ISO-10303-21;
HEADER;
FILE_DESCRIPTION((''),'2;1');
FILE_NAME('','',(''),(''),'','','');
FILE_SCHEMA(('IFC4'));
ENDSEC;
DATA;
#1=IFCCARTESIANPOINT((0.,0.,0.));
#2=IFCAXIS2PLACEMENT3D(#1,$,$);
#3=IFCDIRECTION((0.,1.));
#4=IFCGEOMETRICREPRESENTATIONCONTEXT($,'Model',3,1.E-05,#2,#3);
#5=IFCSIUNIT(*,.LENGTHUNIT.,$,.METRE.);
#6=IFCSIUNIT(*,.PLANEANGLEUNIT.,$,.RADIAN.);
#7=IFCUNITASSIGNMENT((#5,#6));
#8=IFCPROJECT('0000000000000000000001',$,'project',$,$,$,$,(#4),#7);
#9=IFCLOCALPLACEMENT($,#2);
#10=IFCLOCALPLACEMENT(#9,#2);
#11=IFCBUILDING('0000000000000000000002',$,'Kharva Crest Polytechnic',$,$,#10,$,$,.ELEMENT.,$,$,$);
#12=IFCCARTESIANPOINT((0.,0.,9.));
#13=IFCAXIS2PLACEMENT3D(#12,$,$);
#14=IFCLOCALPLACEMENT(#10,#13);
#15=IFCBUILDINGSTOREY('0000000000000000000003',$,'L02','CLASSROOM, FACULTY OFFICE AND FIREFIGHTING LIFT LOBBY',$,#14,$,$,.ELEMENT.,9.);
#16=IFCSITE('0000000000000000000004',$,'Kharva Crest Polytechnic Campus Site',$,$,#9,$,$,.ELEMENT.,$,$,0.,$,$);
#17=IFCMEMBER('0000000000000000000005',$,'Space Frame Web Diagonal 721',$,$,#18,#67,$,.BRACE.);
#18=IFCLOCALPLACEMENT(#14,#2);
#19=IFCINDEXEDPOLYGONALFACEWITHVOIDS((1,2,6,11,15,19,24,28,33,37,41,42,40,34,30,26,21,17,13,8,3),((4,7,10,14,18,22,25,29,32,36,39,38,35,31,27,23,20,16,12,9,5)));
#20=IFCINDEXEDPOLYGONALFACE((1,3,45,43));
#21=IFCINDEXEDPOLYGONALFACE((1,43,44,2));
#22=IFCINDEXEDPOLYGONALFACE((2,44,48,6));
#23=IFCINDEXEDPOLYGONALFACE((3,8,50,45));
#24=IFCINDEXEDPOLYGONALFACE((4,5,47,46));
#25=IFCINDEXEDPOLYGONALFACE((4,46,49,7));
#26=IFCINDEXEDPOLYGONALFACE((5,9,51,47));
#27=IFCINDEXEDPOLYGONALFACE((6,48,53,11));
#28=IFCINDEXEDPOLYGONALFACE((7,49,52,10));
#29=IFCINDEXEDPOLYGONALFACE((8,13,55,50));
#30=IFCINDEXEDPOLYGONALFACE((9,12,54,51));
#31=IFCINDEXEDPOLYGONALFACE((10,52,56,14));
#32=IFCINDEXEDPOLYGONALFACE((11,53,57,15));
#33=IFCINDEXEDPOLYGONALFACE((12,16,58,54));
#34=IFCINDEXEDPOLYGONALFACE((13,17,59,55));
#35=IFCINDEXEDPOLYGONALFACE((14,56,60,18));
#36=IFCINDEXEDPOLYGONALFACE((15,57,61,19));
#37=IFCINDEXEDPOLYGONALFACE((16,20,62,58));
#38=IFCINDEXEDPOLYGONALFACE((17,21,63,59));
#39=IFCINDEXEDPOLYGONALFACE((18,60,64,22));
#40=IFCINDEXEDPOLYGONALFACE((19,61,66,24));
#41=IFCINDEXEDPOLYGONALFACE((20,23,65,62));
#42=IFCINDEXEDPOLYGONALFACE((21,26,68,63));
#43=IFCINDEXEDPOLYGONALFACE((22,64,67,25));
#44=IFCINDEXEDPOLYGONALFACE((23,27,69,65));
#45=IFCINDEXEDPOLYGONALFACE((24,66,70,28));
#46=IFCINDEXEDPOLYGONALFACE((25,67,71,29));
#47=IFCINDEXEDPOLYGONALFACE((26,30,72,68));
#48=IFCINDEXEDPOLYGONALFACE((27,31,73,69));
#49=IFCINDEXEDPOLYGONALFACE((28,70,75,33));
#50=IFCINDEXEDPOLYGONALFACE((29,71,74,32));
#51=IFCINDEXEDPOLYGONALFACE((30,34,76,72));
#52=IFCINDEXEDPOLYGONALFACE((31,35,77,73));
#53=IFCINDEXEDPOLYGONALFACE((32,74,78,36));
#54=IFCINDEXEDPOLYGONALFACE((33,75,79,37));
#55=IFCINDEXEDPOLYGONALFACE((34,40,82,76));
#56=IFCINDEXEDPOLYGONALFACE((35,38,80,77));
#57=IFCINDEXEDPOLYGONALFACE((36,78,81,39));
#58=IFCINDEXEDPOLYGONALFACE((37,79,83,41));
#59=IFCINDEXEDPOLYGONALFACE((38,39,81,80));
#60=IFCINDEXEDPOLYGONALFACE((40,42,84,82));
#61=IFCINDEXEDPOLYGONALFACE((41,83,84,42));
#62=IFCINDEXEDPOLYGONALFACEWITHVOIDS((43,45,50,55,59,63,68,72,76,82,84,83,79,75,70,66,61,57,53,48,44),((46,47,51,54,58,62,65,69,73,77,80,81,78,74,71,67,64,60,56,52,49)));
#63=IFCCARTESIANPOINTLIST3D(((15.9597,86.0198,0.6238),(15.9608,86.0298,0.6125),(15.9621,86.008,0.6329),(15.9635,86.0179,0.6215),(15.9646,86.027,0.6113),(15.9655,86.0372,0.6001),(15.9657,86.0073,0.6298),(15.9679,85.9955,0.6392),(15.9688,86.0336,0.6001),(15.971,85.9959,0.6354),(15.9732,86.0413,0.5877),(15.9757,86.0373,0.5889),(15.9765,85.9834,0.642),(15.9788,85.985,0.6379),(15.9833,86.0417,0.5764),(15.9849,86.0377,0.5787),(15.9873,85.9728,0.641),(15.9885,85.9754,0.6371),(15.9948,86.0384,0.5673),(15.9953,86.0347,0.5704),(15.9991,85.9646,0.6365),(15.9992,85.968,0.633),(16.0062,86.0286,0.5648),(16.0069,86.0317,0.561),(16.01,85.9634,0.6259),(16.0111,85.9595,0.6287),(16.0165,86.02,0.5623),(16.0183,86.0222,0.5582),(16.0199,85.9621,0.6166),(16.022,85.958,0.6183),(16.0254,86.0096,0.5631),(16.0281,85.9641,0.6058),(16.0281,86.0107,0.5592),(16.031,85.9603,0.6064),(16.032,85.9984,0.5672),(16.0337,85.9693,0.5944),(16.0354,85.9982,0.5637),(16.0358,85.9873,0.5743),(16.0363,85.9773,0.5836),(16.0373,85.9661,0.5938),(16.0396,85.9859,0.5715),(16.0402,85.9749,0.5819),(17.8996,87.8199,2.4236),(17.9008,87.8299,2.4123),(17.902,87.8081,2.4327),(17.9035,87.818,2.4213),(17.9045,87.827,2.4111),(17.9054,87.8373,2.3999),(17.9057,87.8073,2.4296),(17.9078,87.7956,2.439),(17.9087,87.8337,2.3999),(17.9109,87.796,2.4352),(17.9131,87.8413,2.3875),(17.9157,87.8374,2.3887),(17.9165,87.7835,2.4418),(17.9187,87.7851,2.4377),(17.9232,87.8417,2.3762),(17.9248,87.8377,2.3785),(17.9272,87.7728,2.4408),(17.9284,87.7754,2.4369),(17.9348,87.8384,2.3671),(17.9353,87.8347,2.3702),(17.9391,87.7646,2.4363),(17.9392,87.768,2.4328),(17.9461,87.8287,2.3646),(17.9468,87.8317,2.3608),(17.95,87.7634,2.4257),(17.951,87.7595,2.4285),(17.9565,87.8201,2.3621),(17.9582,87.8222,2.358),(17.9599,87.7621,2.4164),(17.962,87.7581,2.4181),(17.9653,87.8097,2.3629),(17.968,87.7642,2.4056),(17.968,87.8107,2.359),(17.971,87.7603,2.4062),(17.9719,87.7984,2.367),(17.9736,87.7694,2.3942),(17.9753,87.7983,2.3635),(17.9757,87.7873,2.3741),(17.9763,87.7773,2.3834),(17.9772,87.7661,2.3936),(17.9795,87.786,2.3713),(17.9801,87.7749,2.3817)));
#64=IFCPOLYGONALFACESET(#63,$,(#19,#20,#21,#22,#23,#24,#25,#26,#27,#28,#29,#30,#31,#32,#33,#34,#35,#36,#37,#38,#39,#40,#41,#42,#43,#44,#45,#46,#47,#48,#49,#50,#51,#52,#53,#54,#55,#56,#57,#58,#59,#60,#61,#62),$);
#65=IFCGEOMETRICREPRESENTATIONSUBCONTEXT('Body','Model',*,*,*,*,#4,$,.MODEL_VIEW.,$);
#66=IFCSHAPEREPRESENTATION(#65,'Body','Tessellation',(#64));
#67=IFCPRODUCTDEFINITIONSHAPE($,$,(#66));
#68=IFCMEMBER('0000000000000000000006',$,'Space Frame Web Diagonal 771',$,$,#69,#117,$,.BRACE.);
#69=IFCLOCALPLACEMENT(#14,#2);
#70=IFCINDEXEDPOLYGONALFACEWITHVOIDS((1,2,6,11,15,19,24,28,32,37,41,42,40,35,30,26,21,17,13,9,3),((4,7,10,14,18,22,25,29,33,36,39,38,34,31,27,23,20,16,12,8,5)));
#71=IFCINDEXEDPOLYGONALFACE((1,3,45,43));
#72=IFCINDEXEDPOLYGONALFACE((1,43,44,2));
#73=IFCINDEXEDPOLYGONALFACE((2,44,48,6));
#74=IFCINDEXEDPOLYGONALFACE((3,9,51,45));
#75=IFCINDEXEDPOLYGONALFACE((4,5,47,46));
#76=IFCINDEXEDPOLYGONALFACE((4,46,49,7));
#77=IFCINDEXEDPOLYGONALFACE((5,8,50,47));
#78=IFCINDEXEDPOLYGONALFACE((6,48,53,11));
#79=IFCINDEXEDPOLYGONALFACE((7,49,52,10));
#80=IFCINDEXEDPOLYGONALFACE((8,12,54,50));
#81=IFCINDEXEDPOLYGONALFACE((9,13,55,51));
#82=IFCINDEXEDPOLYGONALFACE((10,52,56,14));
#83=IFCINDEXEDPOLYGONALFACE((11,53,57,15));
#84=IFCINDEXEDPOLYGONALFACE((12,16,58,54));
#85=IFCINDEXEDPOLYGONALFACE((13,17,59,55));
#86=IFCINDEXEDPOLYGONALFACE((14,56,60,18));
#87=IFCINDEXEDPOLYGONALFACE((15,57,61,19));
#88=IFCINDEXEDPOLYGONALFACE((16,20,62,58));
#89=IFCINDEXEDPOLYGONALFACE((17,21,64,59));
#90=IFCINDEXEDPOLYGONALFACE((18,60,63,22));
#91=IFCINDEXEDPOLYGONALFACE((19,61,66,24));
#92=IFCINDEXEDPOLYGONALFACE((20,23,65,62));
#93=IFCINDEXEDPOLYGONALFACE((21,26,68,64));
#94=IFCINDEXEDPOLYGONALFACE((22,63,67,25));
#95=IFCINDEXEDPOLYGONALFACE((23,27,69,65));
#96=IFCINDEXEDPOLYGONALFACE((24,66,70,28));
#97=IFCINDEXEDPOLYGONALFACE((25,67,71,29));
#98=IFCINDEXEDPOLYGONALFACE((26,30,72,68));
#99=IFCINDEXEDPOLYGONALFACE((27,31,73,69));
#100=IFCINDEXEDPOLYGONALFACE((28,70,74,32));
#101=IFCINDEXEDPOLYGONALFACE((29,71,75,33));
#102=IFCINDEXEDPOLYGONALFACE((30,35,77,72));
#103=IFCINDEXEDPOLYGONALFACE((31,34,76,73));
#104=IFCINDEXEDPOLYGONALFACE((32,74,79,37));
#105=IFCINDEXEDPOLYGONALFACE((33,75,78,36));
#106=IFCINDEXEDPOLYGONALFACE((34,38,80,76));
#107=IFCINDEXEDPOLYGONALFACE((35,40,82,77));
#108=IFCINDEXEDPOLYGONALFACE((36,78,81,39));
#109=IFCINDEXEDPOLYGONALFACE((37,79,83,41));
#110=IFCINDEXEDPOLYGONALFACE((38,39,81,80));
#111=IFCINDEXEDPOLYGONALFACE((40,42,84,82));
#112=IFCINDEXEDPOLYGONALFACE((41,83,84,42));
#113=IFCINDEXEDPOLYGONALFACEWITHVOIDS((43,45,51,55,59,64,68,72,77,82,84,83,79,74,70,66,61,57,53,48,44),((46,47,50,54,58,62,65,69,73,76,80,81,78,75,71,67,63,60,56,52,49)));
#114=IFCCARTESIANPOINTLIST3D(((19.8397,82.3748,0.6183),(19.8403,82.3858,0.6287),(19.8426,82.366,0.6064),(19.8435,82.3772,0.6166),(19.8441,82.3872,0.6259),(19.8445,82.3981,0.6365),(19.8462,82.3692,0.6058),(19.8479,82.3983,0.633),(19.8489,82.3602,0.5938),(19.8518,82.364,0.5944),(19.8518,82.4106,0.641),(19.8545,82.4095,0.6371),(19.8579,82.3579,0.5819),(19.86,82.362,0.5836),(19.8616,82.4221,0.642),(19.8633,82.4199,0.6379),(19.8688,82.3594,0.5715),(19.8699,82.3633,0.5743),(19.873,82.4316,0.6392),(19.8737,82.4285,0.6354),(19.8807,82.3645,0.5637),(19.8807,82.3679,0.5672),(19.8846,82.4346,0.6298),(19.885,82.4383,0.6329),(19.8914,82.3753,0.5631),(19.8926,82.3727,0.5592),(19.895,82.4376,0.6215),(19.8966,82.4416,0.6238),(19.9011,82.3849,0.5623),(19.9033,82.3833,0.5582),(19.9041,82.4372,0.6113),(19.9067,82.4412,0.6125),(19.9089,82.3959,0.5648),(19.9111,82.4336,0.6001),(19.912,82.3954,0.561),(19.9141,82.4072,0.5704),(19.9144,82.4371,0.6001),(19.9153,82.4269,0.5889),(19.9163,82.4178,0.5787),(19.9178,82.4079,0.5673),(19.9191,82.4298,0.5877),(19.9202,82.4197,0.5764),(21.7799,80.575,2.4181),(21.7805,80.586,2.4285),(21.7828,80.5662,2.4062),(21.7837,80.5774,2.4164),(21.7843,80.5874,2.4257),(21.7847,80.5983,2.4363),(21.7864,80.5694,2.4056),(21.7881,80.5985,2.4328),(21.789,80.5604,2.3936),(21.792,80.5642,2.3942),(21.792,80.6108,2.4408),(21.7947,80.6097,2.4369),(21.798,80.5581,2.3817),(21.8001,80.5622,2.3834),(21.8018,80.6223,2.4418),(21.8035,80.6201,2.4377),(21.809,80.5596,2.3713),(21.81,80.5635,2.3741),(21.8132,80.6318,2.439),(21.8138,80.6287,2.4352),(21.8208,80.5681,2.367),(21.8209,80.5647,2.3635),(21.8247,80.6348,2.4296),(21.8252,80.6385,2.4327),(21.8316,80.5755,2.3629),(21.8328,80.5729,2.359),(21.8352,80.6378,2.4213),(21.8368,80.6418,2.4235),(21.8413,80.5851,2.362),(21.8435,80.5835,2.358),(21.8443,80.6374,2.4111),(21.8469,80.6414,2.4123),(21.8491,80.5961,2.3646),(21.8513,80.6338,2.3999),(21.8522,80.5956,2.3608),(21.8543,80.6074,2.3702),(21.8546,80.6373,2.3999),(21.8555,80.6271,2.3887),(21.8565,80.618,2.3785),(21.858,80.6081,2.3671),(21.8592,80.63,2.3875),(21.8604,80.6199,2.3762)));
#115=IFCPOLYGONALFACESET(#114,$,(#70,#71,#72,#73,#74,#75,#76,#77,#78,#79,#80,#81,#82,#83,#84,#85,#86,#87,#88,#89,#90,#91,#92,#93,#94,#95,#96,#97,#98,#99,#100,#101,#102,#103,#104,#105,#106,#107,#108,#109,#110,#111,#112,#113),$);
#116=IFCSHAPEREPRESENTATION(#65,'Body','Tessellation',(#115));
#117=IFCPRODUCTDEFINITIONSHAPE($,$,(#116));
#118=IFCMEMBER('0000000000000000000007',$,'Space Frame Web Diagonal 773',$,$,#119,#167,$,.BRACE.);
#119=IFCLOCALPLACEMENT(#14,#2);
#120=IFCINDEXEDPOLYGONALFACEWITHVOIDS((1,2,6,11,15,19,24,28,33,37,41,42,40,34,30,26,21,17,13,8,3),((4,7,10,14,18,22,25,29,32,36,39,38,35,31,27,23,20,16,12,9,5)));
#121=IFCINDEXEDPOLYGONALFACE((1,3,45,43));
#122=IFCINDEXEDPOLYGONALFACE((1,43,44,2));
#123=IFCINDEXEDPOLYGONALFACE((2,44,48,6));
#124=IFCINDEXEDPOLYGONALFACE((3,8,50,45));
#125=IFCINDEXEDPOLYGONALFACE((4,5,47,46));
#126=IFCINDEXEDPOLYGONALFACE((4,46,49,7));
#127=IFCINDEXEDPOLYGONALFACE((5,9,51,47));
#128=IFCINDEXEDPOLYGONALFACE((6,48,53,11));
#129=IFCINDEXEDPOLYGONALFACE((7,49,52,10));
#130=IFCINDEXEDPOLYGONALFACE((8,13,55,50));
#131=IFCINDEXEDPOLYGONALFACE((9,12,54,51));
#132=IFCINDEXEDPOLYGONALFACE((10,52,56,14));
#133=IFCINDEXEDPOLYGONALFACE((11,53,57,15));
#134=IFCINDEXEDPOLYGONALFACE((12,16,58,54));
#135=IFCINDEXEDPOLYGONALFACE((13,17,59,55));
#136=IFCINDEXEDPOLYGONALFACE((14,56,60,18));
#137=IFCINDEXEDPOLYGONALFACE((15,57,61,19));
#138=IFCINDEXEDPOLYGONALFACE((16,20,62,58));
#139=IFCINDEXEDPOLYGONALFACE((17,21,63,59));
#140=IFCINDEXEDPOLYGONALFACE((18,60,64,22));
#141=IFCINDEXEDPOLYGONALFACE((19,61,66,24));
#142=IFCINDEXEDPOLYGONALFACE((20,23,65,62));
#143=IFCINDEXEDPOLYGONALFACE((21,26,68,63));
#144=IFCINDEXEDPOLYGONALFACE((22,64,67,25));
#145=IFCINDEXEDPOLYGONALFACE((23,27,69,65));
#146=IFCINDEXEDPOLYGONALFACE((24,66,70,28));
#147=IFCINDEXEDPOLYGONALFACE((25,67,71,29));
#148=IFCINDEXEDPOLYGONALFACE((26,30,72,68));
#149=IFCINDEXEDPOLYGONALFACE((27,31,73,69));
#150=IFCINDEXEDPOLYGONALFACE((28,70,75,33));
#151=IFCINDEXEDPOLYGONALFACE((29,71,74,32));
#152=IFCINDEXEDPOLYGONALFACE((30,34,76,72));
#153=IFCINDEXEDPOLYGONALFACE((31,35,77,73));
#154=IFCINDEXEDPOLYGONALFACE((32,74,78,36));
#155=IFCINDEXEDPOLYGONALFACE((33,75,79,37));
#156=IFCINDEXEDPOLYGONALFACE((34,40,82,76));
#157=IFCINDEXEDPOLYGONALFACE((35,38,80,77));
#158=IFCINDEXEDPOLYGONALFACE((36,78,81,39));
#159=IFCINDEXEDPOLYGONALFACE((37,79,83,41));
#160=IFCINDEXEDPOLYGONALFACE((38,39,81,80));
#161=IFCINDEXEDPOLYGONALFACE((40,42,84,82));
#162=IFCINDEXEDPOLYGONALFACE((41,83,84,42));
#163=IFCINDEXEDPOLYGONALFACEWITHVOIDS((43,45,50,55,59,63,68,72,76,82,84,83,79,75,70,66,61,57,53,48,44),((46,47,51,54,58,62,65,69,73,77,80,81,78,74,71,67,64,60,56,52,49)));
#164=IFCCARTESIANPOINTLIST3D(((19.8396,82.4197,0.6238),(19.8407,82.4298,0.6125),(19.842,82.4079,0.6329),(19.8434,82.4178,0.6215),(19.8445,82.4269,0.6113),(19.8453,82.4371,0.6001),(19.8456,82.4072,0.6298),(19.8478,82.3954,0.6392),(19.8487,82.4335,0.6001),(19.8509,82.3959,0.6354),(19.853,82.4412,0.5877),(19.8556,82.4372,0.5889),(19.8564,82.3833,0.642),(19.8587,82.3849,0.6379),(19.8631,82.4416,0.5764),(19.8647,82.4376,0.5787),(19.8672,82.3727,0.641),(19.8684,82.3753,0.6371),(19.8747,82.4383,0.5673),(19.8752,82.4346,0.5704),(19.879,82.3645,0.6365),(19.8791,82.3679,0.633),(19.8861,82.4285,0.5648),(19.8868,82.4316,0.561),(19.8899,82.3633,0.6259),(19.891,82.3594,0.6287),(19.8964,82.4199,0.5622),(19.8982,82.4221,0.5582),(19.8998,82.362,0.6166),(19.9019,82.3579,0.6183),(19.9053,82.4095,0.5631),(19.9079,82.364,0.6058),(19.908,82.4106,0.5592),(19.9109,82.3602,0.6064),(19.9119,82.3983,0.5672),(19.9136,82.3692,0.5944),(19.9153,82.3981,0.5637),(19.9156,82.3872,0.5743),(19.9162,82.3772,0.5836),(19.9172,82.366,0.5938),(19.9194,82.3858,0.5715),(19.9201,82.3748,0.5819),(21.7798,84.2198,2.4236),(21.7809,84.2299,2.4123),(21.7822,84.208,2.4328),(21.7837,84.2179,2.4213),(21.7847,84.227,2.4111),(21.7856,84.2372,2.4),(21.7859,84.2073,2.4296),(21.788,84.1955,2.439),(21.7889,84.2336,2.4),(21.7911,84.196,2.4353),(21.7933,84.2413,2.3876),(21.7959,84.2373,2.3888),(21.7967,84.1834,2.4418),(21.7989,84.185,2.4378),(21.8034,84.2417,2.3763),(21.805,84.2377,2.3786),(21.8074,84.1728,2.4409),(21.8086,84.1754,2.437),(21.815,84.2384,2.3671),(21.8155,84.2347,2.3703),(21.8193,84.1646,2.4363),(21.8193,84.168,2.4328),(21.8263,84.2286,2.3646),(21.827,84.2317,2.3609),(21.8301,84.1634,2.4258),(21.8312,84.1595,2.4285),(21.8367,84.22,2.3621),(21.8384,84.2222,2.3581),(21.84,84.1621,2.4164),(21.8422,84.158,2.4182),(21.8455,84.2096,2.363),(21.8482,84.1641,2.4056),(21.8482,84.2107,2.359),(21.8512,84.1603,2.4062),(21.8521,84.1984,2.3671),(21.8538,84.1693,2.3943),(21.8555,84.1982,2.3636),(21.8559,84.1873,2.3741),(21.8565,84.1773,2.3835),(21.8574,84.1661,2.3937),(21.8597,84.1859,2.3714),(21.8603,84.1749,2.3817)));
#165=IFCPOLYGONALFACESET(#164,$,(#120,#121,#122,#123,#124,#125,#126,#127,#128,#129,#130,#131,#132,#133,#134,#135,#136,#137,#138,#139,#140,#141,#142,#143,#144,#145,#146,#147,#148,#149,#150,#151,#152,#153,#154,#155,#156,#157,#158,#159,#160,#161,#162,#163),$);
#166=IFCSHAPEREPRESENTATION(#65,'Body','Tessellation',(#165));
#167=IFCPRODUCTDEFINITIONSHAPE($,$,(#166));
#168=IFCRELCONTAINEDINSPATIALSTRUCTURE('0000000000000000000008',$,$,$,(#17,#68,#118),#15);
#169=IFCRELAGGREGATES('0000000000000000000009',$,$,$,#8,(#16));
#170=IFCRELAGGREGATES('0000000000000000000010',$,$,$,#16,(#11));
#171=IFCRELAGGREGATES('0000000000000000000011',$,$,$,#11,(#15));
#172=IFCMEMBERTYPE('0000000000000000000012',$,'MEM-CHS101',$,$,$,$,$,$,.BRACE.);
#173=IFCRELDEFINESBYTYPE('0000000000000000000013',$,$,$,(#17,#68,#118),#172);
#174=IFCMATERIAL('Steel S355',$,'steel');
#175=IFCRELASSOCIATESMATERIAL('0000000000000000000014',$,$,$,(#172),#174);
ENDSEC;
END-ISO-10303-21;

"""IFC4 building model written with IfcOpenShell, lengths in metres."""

from ifc_helpers import new_model, si_unit, direction, frame, origin, origin_2d, place, context, subcontext, project, spatial, hollow_circle, extrude, material, material_profile, profile_set, type_object, element, save


model = new_model("IFC4")

# Units and contexts
model_context = context("Model", 3, precision=1e-05, world=origin(), true_north=direction((0.0, 1.0)))
body_context = subcontext(model_context, "Body", "Model", "MODEL_VIEW")
ifc_project = project(units=[si_unit("LENGTHUNIT", "METRE"), si_unit("PLANEANGLEUNIT", "RADIAN")], contexts=[model_context])

# Site, building, storey
site_placement = place(None, origin())
site = spatial("IfcSite", under=ifc_project, at=site_placement, Name="Kharva Crest Polytechnic Campus Site", CompositionType="ELEMENT", RefElevation=0.0)
building_placement = place(site_placement, origin())
building = spatial("IfcBuilding", under=site, at=building_placement, Name="Kharva Crest Polytechnic", CompositionType="ELEMENT")
storey_placement = place(building_placement, frame((0.0, 0.0, 9.0)))
storey = spatial("IfcBuildingStorey", under=building, at=storey_placement, Name="L02", Description="CLASSROOM, FACULTY OFFICE AND FIREFIGHTING LIFT LOBBY", CompositionType="ELEMENT", Elevation=9.0)

# Shared definitions
ifc_material_1 = material(Name="Steel S355", Category="steel")

# Members
ifc_material_profile_1 = material_profile(ifc_material_1, hollow_circle(Radius=0.0508, WallThickness=0.0049, at=origin_2d()), Name="CHS 101.6X5.0")
ifc_profile_set_1 = profile_set([ifc_material_profile_1], Name="Steel S355")
member_type_1 = type_object("IfcMemberType", Name="MEM-CHS101", PredefinedType="BRACE", material=ifc_profile_set_1)
for number, where, z_axis, x_axis, name in (
    (1, (16.0, 86.0, 0.6001), (0.606147, 0.562437, 0.562361), (-0.680182, 0.733043, 0.0), "Space Frame Web Diagonal 721"),
    (2, (19.8799, 82.3999, 0.6001), (0.606222, -0.562359, 0.562359), (0.680087, 0.733132, 0.0), "Space Frame Web Diagonal 771"),
):
    element("IfcMember", number, at=place(storey_placement, frame(where, z_axis=z_axis, x_axis=x_axis)), inside=storey, type_object=member_type_1, Name=name, PredefinedType="BRACE", context=body_context, shape_type="SweptSolid", body=[
        extrude(hollow_circle(Radius=0.0508, WallThickness=0.0049, at=origin_2d()), origin(), (0.0, 0.0, 1.0), 3.2004),
    ])
member_1_placement = place(storey_placement, frame((19.8799, 82.3999, 0.6001), z_axis=(0.606196, 0.562411, 0.562335), x_axis=(-0.680136, 0.733086, 0.0)))
element("IfcMember", 3, at=member_1_placement, inside=storey, type_object=member_type_1, Name="Space Frame Web Diagonal 773", PredefinedType="BRACE", context=body_context, shape_type="SweptSolid", body=[
    extrude(hollow_circle(Radius=0.0508, WallThickness=0.0049, at=origin_2d()), origin(), (0.0, 0.0, 1.0), 3.2007),
])

save(model, "model.ifc")
